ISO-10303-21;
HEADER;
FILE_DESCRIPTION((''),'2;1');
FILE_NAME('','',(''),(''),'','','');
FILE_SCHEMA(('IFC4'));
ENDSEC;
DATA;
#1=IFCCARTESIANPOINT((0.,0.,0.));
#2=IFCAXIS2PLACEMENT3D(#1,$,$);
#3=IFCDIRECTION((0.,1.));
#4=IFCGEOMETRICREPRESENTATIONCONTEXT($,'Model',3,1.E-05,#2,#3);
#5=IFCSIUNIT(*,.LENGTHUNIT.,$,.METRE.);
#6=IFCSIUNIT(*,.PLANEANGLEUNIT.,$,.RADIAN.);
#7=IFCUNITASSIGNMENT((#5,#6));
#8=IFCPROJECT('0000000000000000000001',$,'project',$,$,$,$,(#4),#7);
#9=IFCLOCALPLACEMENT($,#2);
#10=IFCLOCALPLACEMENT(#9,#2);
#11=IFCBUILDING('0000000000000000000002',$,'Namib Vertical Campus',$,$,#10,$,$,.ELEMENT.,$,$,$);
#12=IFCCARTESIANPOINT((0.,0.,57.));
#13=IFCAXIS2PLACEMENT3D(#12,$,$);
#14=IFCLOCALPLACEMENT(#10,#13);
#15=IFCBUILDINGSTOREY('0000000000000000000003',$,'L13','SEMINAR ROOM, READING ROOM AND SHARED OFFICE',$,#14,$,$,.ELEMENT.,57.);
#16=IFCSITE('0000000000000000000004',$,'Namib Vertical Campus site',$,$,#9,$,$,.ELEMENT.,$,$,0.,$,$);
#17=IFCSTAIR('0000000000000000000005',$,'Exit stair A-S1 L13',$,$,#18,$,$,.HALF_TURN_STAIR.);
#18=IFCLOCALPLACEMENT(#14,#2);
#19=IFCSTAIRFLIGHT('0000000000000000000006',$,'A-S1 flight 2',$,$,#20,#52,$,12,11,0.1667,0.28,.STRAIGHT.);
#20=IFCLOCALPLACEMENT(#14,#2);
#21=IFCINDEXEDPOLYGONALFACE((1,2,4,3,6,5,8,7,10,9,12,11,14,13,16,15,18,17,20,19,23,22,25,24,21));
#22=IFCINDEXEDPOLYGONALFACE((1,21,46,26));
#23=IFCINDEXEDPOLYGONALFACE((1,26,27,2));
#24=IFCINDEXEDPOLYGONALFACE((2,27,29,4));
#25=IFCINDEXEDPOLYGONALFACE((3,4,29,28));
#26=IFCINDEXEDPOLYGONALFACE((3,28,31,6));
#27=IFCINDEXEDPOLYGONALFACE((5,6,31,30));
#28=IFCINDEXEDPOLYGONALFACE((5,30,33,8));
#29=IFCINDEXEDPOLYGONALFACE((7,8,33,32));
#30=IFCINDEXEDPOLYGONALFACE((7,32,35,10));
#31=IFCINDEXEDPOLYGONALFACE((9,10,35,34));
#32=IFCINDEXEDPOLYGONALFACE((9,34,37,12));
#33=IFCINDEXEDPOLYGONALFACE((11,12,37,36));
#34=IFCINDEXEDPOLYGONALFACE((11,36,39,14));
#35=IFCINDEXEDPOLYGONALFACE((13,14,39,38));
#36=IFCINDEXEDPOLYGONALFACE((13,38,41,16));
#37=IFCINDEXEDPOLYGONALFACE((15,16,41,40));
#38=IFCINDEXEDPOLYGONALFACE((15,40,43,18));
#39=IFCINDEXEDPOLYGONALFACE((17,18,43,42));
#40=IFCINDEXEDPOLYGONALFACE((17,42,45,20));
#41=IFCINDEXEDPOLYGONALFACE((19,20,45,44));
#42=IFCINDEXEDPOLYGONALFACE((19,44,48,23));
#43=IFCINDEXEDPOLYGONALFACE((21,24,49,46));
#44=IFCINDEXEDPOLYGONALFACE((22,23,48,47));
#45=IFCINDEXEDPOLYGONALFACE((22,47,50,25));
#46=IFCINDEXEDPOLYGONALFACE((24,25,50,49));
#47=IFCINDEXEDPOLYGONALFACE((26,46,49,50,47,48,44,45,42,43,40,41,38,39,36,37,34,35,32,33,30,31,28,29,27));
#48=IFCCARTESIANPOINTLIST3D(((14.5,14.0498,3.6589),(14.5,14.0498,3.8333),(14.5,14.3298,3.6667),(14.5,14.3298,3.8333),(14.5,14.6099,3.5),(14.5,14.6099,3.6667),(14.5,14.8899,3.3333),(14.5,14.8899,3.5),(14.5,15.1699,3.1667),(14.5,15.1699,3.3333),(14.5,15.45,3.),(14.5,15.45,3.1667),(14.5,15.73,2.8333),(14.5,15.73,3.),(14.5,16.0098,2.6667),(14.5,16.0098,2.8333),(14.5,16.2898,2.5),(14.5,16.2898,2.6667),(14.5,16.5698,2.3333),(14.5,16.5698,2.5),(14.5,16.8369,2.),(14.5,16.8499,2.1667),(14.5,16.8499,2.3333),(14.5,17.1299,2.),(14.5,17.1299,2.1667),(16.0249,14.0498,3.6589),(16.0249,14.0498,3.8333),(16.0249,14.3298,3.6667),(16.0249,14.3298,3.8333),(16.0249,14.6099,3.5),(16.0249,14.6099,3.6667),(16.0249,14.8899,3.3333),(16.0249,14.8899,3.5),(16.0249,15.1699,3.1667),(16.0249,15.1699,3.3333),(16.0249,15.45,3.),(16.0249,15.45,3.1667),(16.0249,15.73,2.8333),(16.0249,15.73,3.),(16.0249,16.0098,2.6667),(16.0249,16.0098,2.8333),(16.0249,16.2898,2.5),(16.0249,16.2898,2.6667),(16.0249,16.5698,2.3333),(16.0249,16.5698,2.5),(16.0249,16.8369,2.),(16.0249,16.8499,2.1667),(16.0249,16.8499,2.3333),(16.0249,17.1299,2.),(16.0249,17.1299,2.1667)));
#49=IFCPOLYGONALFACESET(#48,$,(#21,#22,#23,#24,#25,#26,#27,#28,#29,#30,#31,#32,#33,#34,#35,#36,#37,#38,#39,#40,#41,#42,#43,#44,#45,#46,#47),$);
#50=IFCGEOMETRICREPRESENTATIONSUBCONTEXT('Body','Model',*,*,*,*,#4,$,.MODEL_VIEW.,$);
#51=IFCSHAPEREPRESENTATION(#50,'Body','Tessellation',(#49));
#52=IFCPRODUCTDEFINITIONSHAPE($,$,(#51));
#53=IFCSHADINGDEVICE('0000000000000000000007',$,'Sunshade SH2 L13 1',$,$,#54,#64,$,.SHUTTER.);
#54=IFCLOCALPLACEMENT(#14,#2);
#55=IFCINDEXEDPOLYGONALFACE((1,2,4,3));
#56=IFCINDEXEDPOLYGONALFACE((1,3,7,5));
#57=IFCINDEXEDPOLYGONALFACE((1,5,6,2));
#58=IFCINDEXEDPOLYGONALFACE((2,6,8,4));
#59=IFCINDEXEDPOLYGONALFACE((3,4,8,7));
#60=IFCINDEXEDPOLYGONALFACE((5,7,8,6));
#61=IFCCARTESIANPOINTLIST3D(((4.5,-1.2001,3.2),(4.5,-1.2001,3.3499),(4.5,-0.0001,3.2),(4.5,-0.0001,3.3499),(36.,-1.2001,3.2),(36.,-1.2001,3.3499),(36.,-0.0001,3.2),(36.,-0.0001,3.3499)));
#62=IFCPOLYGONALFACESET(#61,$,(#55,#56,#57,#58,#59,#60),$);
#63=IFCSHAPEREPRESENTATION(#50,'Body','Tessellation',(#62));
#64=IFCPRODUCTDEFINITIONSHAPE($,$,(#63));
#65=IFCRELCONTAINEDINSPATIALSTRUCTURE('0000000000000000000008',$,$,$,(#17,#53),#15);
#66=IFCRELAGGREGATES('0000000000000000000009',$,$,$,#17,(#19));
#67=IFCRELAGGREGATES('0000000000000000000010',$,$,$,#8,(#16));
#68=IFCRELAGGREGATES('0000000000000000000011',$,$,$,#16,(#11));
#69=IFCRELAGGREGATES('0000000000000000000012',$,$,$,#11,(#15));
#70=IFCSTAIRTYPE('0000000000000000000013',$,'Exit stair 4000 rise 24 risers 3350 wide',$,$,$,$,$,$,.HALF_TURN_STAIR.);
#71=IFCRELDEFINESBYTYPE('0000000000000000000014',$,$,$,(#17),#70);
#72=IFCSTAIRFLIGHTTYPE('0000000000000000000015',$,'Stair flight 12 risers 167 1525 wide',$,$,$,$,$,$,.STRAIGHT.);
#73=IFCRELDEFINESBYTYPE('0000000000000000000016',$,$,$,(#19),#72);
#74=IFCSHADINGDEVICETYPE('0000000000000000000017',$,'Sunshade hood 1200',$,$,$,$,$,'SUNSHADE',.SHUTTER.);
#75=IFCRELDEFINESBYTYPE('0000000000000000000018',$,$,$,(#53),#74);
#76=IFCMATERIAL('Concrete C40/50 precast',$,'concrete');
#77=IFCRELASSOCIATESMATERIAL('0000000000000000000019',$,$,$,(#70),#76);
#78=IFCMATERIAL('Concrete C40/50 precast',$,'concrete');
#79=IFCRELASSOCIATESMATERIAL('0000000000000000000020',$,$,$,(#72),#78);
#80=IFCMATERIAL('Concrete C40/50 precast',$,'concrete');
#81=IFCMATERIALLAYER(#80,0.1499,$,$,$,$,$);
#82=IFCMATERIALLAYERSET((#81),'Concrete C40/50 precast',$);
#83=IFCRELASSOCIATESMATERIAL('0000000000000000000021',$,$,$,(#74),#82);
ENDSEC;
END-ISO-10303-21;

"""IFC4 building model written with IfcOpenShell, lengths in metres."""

from ifc_helpers import new_model, si_unit, direction, frame, origin, origin_2d, place, context, subcontext, project, spatial, polyline, rectangle, outline, extrude, material, layer, layer_set, type_object, element, aggregate, save


model = new_model("IFC4")

# Units and contexts
model_context = context("Model", 3, precision=1e-05, world=origin(), true_north=direction((0.0, 1.0)))
body_context = subcontext(model_context, "Body", "Model", "MODEL_VIEW")
ifc_project = project(units=[si_unit("LENGTHUNIT", "METRE"), si_unit("PLANEANGLEUNIT", "RADIAN")], contexts=[model_context])

# Site, building, storey
site_placement = place(None, origin())
site = spatial("IfcSite", under=ifc_project, at=site_placement, Name="Namib Vertical Campus site", CompositionType="ELEMENT", RefElevation=0.0)
building_placement = place(site_placement, origin())
building = spatial("IfcBuilding", under=site, at=building_placement, Name="Namib Vertical Campus", CompositionType="ELEMENT")
storey_placement = place(building_placement, frame((0.0, 0.0, 57.0)))
storey = spatial("IfcBuildingStorey", under=building, at=storey_placement, Name="L13", Description="SEMINAR ROOM, READING ROOM AND SHARED OFFICE", CompositionType="ELEMENT", Elevation=57.0)

# Stair, stair flight
ifc_material_1 = material(Name="Concrete C40/50 precast", Category="concrete")
stair_type = type_object("IfcStairType", Name="Exit stair 4000 rise 24 risers 3350 wide", PredefinedType="HALF_TURN_STAIR", material=ifc_material_1)
stair_placement = place(storey_placement, origin())
stair = element("IfcStair", 1, at=stair_placement, inside=storey, type_object=stair_type, Name="Exit stair A-S1 L13", PredefinedType="HALF_TURN_STAIR")
ifc_material_2 = material(Name="Concrete C40/50 precast", Category="concrete")
stair_flight_type = type_object("IfcStairFlightType", Name="Stair flight 12 risers 167 1525 wide", PredefinedType="STRAIGHT", material=ifc_material_2)
stair_flight_1_placement = place(storey_placement, frame((15.2625, 17.1299, 2.0), z_axis=(0.0, 0.0, 1.0), x_axis=(0.0, -1.0, 0.0)))
stair_flight_1 = element("IfcStairFlight", 2, at=stair_flight_1_placement, type_object=stair_flight_type, Name="A-S1 flight 2", NumberOfRisers=12, NumberOfTreads=11, PredefinedType="STRAIGHT", RiserHeight=0.1667, TreadLength=0.28, context=body_context, shape_type="SweptSolid", body=[
    extrude(outline(polyline([(0.0, 0.0), (0.0, 0.1667), (0.28, 0.1667), (0.28, 0.3333), (0.5601, 0.3333), (0.5601, 0.5), (0.8401, 0.5), (0.8401, 0.6667), (1.1201, 0.6667), (1.1201, 0.8333), (1.3999, 0.8333), (1.3999, 1.0), (1.6799, 1.0), (1.6799, 1.1667), (1.96, 1.1667), (1.96, 1.3333), (2.24, 1.3333), (2.24, 1.5), (2.52, 1.5), (2.52, 1.6667), (2.8, 1.6667), (2.8, 1.8333), (3.0801, 1.8333), (3.0801, 2.0), (3.0801, 1.6589), (0.293, 0.0), (0.0, 0.0)])), frame((0.0, 0.7625, 0.0), z_axis=(0.0, -1.0, 0.0), x_axis=(1.0, 0.0, 0.0)), (0.0, 0.0, 1.0), 1.5249),
])
aggregate(stair, [stair_flight_1])

# Shading device
ifc_material_3 = material(Name="Concrete C40/50 precast", Category="concrete")
ifc_layer_1 = layer(ifc_material_3, 0.1499)
ifc_layer_set_1 = layer_set([ifc_layer_1], Name="Concrete C40/50 precast")
shading_device_type = type_object("IfcShadingDeviceType", Name="Sunshade hood 1200", ElementType="SUNSHADE", PredefinedType="SHUTTER", material=ifc_layer_set_1)
shading_device_placement = place(storey_placement, frame((20.25, -0.6001, 3.2), z_axis=(0.0, 0.0, 1.0), x_axis=(1.0, 0.0, 0.0)))
element("IfcShadingDevice", 3, at=shading_device_placement, inside=storey, type_object=shading_device_type, Name="Sunshade SH2 L13 1", PredefinedType="SHUTTER", context=body_context, shape_type="SweptSolid", body=[
    extrude(rectangle(XDim=31.5, YDim=1.2, at=origin_2d()), origin(), (0.0, 0.0, 1.0), 0.1499),
])

save(model, "model.ifc")
